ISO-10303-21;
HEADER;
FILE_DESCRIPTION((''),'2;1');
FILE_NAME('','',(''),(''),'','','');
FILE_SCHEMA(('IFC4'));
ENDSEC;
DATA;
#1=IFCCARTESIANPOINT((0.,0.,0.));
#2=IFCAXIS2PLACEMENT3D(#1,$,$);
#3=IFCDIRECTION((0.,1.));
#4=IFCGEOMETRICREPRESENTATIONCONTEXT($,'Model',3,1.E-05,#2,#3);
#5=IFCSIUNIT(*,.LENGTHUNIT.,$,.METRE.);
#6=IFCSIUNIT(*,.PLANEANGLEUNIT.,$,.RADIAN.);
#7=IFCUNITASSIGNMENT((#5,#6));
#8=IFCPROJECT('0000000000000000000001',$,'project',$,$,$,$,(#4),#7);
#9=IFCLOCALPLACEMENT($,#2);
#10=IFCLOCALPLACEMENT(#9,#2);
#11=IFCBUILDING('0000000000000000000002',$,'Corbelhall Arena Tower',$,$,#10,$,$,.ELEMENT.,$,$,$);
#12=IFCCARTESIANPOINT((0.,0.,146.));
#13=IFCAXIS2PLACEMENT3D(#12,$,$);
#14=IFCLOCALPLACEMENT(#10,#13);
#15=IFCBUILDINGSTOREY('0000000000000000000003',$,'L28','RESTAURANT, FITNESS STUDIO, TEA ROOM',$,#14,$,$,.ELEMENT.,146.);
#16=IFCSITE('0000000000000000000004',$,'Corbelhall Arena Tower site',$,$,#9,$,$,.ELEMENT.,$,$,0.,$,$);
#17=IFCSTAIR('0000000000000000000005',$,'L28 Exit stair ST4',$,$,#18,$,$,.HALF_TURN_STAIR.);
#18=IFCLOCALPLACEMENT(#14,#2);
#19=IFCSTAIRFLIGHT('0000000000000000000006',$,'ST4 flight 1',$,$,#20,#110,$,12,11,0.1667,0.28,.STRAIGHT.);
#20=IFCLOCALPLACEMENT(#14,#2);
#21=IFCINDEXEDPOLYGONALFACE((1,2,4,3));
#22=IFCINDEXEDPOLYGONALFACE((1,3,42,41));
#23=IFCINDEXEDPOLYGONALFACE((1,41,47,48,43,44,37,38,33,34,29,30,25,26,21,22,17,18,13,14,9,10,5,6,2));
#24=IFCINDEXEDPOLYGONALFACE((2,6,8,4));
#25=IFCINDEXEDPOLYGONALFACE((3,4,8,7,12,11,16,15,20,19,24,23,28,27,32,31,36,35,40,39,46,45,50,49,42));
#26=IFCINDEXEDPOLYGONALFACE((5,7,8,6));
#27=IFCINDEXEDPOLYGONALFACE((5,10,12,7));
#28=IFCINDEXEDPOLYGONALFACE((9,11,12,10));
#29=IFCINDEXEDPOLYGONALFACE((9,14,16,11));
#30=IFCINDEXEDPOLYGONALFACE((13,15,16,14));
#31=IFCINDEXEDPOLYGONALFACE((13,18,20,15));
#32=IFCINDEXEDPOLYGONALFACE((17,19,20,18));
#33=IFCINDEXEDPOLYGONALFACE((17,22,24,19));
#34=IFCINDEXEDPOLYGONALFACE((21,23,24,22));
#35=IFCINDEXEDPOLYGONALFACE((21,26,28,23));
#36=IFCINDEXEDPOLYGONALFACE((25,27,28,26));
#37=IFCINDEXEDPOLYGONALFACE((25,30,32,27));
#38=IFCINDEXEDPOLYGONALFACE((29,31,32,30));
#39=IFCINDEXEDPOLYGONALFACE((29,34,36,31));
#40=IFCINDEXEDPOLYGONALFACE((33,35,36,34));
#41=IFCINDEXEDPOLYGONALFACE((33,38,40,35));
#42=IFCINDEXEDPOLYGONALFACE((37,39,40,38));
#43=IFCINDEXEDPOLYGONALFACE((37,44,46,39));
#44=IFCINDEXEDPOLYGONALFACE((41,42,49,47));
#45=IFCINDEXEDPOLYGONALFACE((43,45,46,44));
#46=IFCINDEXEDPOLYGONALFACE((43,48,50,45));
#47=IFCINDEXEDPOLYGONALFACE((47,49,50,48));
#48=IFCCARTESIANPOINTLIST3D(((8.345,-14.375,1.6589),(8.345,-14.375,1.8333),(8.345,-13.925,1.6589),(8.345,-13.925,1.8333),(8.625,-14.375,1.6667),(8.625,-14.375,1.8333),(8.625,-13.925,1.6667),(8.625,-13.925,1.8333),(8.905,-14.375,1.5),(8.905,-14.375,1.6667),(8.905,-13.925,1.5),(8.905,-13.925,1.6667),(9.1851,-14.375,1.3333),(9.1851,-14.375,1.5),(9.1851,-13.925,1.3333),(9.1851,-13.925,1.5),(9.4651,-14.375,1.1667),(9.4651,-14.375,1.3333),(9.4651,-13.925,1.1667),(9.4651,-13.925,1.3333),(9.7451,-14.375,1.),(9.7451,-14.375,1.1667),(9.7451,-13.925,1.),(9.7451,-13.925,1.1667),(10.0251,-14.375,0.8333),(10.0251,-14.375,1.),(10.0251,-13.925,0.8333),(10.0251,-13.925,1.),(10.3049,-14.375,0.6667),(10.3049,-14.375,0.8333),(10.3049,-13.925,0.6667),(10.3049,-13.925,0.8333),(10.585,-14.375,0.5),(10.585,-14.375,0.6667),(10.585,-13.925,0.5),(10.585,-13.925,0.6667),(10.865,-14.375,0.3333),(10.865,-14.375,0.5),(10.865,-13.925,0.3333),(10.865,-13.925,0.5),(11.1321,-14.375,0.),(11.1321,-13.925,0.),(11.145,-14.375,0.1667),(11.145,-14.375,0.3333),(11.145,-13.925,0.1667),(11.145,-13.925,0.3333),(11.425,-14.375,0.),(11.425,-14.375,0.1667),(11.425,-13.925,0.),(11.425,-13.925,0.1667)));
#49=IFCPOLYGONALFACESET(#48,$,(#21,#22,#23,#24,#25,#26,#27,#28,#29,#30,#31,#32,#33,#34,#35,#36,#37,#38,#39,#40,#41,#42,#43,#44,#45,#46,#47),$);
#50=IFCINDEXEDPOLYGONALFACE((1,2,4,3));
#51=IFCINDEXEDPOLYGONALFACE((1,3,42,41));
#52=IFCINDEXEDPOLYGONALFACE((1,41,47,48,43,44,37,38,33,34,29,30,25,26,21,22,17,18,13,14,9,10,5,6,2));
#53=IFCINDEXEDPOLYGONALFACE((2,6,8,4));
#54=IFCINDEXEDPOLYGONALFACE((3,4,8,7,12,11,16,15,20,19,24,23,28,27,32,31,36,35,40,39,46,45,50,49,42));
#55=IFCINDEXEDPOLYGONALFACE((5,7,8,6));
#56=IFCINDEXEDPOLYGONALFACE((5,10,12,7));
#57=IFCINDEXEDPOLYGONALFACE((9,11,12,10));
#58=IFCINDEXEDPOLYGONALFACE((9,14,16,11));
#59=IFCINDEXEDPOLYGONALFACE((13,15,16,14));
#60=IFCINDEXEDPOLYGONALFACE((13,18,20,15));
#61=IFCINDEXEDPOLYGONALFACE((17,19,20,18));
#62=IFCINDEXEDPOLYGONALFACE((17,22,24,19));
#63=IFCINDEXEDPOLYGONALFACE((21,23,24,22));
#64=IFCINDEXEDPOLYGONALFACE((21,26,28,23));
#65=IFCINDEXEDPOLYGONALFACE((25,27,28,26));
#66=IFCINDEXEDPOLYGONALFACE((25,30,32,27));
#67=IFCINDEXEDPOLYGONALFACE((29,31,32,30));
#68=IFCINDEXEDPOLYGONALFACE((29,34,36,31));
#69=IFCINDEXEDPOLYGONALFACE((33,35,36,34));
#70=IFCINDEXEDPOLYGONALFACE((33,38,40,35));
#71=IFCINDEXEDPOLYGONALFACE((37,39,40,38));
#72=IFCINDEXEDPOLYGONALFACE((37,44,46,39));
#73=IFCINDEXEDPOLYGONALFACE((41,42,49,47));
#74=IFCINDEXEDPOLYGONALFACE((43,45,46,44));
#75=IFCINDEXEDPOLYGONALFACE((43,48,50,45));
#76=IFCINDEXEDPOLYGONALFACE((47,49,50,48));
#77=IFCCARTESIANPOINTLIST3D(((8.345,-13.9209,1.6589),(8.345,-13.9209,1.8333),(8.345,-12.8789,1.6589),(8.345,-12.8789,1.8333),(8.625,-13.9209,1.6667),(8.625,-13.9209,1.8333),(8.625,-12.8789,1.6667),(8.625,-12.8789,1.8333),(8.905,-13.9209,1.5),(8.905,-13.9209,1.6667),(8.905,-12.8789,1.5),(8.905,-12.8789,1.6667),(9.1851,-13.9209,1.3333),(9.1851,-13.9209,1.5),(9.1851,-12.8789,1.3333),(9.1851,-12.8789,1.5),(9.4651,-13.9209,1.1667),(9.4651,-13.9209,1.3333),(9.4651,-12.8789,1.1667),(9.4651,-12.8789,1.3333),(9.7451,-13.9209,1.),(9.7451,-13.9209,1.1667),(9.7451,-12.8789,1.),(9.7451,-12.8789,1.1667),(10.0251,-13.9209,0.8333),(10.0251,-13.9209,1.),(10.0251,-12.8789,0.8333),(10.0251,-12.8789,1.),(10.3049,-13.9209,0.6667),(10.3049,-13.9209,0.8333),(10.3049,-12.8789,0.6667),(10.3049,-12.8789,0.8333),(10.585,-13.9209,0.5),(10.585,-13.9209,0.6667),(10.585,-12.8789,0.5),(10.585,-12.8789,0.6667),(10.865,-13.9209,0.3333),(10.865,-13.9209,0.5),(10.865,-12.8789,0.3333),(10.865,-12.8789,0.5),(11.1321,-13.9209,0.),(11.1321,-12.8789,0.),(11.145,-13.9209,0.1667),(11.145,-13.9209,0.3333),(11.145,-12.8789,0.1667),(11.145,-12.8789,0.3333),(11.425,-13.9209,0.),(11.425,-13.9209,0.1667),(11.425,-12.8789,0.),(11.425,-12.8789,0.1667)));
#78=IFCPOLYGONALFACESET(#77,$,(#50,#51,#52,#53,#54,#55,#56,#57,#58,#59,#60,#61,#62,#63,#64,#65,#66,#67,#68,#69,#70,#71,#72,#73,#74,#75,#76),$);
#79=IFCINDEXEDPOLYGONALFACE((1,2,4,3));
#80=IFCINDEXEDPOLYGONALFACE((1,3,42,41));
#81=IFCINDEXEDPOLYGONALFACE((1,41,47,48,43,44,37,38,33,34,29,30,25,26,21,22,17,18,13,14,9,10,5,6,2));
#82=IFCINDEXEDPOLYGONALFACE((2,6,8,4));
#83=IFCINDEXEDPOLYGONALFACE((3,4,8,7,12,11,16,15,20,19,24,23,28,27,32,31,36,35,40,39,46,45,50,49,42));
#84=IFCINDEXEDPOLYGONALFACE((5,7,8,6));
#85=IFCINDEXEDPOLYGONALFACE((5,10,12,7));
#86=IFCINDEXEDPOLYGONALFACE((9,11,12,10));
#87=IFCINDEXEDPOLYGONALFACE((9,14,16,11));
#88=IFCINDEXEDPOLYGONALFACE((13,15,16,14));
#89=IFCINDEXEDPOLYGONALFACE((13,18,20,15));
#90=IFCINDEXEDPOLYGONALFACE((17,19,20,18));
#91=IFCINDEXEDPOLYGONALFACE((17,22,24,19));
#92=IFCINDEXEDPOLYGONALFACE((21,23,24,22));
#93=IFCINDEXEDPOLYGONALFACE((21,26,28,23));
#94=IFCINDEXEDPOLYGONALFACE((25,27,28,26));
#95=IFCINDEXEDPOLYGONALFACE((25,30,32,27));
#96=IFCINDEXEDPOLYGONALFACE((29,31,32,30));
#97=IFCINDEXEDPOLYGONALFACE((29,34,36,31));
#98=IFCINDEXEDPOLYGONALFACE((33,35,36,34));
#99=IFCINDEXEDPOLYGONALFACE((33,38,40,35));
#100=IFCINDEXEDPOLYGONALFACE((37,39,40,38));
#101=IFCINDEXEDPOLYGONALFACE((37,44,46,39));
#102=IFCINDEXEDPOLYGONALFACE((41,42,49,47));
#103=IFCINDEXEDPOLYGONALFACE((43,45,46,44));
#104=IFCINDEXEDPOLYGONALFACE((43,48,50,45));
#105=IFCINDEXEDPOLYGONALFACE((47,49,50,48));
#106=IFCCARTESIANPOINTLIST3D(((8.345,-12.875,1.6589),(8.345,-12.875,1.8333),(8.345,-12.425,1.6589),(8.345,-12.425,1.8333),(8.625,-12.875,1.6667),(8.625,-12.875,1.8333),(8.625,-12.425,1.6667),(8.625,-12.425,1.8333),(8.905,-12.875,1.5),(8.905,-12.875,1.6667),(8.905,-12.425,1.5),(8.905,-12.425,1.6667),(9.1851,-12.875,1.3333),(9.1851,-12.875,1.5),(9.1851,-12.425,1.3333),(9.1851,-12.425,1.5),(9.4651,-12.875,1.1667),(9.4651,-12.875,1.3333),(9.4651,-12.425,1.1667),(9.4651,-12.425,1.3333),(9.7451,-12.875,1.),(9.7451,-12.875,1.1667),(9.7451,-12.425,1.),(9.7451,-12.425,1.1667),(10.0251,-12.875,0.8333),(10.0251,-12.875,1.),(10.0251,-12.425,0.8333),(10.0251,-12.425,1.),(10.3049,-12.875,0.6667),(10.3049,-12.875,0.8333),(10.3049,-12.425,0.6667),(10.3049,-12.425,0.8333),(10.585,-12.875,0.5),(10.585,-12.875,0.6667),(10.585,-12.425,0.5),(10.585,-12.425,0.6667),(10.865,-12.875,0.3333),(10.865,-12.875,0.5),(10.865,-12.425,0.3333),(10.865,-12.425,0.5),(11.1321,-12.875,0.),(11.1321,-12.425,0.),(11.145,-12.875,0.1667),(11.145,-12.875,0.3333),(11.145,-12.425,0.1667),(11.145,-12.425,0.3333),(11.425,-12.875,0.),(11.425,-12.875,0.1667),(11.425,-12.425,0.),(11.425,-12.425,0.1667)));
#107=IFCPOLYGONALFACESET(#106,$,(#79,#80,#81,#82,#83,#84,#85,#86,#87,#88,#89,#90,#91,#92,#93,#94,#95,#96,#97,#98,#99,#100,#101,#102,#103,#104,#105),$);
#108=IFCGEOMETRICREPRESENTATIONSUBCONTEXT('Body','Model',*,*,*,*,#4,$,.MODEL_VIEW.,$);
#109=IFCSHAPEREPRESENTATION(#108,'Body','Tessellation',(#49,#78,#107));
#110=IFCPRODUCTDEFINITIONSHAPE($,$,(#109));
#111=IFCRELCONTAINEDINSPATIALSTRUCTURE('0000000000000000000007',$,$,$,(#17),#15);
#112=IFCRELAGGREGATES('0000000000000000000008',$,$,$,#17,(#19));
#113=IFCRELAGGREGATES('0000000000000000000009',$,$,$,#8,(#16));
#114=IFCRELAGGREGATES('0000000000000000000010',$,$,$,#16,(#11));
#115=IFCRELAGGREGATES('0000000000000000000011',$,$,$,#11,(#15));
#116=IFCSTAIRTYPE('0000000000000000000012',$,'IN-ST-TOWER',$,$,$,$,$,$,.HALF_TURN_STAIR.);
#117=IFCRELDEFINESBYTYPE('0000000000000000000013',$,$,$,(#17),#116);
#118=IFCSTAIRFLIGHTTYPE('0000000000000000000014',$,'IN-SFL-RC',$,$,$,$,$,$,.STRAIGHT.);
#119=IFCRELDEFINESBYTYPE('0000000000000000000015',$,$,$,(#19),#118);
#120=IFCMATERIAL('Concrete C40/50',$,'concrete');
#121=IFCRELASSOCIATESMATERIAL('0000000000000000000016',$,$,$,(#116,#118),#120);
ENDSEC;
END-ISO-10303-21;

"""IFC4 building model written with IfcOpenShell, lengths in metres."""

from ifc_helpers import new_model, si_unit, direction, frame, origin, place, context, subcontext, project, spatial, polyline, outline, extrude, material, type_object, element, aggregate, save


model = new_model("IFC4")

# Units and contexts
model_context = context("Model", 3, precision=1e-05, world=origin(), true_north=direction((0.0, 1.0)))
body_context = subcontext(model_context, "Body", "Model", "MODEL_VIEW")
ifc_project = project(units=[si_unit("LENGTHUNIT", "METRE"), si_unit("PLANEANGLEUNIT", "RADIAN")], contexts=[model_context])

# Site, building, storey
site_placement = place(None, origin())
site = spatial("IfcSite", under=ifc_project, at=site_placement, Name="Corbelhall Arena Tower site", CompositionType="ELEMENT", RefElevation=0.0)
building_placement = place(site_placement, origin())
building = spatial("IfcBuilding", under=site, at=building_placement, Name="Corbelhall Arena Tower", CompositionType="ELEMENT")
storey_placement = place(building_placement, frame((0.0, 0.0, 146.0)))
storey = spatial("IfcBuildingStorey", under=building, at=storey_placement, Name="L28", Description="RESTAURANT, FITNESS STUDIO, TEA ROOM", CompositionType="ELEMENT", Elevation=146.0)

# Shared definitions
ifc_material_1 = material(Name="Concrete C40/50", Category="concrete")

# Stair, stair flight
stair_type = type_object("IfcStairType", Name="IN-ST-TOWER", PredefinedType="HALF_TURN_STAIR", material=ifc_material_1)
stair_placement = place(storey_placement, origin())
stair = element("IfcStair", 1, at=stair_placement, inside=storey, type_object=stair_type, Name="L28 Exit stair ST4", PredefinedType="HALF_TURN_STAIR")
stair_flight_type = type_object("IfcStairFlightType", Name="IN-SFL-RC", PredefinedType="STRAIGHT", material=ifc_material_1)
stair_flight_placement = place(storey_placement, frame((11.425, -13.3999, 0.0), z_axis=(0.0, 0.0, 1.0), x_axis=(-1.0, 0.0, 0.0)))
stair_flight = element("IfcStairFlight", 2, at=stair_flight_placement, type_object=stair_flight_type, Name="ST4 flight 1", NumberOfRisers=12, NumberOfTreads=11, PredefinedType="STRAIGHT", RiserHeight=0.1667, TreadLength=0.28, context=body_context, shape_type="SweptSolid", body=[
    extrude(outline(polyline([(0.0, 0.0), (0.0, 0.1667), (0.28, 0.1667), (0.28, 0.3333), (0.5601, 0.3333), (0.5601, 0.5), (0.8401, 0.5), (0.8401, 0.6667), (1.1201, 0.6667), (1.1201, 0.8333), (1.3999, 0.8333), (1.3999, 1.0), (1.6799, 1.0), (1.6799, 1.1667), (1.96, 1.1667), (1.96, 1.3333), (2.24, 1.3333), (2.24, 1.5), (2.52, 1.5), (2.52, 1.6667), (2.8, 1.6667), (2.8, 1.8333), (3.0801, 1.8333), (3.0801, 2.0), (3.0801, 1.6589), (0.293, 0.0), (0.0, 0.0)])), frame((0.0, 0.9751, 0.0), z_axis=(0.0, -1.0, 0.0), x_axis=(1.0, 0.0, 0.0)), (0.0, 0.0, 1.0), 0.45),
    extrude(outline(polyline([(0.0, 0.0), (0.0, 0.1667), (0.28, 0.1667), (0.28, 0.3333), (0.5601, 0.3333), (0.5601, 0.5), (0.8401, 0.5), (0.8401, 0.6667), (1.1201, 0.6667), (1.1201, 0.8333), (1.3999, 0.8333), (1.3999, 1.0), (1.6799, 1.0), (1.6799, 1.1667), (1.96, 1.1667), (1.96, 1.3333), (2.24, 1.3333), (2.24, 1.5), (2.52, 1.5), (2.52, 1.6667), (2.8, 1.6667), (2.8, 1.8333), (3.0801, 1.8333), (3.0801, 2.0), (3.0801, 1.6589), (0.293, 0.0), (0.0, 0.0)])), frame((0.0, 0.521, 0.0), z_axis=(0.0, -1.0, 0.0), x_axis=(1.0, 0.0, 0.0)), (0.0, 0.0, 1.0), 1.042),
    extrude(outline(polyline([(0.0, 0.0), (0.0, 0.1667), (0.28, 0.1667), (0.28, 0.3333), (0.5601, 0.3333), (0.5601, 0.5), (0.8401, 0.5), (0.8401, 0.6667), (1.1201, 0.6667), (1.1201, 0.8333), (1.3999, 0.8333), (1.3999, 1.0), (1.6799, 1.0), (1.6799, 1.1667), (1.96, 1.1667), (1.96, 1.3333), (2.24, 1.3333), (2.24, 1.5), (2.52, 1.5), (2.52, 1.6667), (2.8, 1.6667), (2.8, 1.8333), (3.0801, 1.8333), (3.0801, 2.0), (3.0801, 1.6589), (0.293, 0.0), (0.0, 0.0)])), frame((0.0, -0.5249, 0.0), z_axis=(0.0, -1.0, 0.0), x_axis=(1.0, 0.0, 0.0)), (0.0, 0.0, 1.0), 0.45),
])
aggregate(stair, [stair_flight])

save(model, "model.ifc")
